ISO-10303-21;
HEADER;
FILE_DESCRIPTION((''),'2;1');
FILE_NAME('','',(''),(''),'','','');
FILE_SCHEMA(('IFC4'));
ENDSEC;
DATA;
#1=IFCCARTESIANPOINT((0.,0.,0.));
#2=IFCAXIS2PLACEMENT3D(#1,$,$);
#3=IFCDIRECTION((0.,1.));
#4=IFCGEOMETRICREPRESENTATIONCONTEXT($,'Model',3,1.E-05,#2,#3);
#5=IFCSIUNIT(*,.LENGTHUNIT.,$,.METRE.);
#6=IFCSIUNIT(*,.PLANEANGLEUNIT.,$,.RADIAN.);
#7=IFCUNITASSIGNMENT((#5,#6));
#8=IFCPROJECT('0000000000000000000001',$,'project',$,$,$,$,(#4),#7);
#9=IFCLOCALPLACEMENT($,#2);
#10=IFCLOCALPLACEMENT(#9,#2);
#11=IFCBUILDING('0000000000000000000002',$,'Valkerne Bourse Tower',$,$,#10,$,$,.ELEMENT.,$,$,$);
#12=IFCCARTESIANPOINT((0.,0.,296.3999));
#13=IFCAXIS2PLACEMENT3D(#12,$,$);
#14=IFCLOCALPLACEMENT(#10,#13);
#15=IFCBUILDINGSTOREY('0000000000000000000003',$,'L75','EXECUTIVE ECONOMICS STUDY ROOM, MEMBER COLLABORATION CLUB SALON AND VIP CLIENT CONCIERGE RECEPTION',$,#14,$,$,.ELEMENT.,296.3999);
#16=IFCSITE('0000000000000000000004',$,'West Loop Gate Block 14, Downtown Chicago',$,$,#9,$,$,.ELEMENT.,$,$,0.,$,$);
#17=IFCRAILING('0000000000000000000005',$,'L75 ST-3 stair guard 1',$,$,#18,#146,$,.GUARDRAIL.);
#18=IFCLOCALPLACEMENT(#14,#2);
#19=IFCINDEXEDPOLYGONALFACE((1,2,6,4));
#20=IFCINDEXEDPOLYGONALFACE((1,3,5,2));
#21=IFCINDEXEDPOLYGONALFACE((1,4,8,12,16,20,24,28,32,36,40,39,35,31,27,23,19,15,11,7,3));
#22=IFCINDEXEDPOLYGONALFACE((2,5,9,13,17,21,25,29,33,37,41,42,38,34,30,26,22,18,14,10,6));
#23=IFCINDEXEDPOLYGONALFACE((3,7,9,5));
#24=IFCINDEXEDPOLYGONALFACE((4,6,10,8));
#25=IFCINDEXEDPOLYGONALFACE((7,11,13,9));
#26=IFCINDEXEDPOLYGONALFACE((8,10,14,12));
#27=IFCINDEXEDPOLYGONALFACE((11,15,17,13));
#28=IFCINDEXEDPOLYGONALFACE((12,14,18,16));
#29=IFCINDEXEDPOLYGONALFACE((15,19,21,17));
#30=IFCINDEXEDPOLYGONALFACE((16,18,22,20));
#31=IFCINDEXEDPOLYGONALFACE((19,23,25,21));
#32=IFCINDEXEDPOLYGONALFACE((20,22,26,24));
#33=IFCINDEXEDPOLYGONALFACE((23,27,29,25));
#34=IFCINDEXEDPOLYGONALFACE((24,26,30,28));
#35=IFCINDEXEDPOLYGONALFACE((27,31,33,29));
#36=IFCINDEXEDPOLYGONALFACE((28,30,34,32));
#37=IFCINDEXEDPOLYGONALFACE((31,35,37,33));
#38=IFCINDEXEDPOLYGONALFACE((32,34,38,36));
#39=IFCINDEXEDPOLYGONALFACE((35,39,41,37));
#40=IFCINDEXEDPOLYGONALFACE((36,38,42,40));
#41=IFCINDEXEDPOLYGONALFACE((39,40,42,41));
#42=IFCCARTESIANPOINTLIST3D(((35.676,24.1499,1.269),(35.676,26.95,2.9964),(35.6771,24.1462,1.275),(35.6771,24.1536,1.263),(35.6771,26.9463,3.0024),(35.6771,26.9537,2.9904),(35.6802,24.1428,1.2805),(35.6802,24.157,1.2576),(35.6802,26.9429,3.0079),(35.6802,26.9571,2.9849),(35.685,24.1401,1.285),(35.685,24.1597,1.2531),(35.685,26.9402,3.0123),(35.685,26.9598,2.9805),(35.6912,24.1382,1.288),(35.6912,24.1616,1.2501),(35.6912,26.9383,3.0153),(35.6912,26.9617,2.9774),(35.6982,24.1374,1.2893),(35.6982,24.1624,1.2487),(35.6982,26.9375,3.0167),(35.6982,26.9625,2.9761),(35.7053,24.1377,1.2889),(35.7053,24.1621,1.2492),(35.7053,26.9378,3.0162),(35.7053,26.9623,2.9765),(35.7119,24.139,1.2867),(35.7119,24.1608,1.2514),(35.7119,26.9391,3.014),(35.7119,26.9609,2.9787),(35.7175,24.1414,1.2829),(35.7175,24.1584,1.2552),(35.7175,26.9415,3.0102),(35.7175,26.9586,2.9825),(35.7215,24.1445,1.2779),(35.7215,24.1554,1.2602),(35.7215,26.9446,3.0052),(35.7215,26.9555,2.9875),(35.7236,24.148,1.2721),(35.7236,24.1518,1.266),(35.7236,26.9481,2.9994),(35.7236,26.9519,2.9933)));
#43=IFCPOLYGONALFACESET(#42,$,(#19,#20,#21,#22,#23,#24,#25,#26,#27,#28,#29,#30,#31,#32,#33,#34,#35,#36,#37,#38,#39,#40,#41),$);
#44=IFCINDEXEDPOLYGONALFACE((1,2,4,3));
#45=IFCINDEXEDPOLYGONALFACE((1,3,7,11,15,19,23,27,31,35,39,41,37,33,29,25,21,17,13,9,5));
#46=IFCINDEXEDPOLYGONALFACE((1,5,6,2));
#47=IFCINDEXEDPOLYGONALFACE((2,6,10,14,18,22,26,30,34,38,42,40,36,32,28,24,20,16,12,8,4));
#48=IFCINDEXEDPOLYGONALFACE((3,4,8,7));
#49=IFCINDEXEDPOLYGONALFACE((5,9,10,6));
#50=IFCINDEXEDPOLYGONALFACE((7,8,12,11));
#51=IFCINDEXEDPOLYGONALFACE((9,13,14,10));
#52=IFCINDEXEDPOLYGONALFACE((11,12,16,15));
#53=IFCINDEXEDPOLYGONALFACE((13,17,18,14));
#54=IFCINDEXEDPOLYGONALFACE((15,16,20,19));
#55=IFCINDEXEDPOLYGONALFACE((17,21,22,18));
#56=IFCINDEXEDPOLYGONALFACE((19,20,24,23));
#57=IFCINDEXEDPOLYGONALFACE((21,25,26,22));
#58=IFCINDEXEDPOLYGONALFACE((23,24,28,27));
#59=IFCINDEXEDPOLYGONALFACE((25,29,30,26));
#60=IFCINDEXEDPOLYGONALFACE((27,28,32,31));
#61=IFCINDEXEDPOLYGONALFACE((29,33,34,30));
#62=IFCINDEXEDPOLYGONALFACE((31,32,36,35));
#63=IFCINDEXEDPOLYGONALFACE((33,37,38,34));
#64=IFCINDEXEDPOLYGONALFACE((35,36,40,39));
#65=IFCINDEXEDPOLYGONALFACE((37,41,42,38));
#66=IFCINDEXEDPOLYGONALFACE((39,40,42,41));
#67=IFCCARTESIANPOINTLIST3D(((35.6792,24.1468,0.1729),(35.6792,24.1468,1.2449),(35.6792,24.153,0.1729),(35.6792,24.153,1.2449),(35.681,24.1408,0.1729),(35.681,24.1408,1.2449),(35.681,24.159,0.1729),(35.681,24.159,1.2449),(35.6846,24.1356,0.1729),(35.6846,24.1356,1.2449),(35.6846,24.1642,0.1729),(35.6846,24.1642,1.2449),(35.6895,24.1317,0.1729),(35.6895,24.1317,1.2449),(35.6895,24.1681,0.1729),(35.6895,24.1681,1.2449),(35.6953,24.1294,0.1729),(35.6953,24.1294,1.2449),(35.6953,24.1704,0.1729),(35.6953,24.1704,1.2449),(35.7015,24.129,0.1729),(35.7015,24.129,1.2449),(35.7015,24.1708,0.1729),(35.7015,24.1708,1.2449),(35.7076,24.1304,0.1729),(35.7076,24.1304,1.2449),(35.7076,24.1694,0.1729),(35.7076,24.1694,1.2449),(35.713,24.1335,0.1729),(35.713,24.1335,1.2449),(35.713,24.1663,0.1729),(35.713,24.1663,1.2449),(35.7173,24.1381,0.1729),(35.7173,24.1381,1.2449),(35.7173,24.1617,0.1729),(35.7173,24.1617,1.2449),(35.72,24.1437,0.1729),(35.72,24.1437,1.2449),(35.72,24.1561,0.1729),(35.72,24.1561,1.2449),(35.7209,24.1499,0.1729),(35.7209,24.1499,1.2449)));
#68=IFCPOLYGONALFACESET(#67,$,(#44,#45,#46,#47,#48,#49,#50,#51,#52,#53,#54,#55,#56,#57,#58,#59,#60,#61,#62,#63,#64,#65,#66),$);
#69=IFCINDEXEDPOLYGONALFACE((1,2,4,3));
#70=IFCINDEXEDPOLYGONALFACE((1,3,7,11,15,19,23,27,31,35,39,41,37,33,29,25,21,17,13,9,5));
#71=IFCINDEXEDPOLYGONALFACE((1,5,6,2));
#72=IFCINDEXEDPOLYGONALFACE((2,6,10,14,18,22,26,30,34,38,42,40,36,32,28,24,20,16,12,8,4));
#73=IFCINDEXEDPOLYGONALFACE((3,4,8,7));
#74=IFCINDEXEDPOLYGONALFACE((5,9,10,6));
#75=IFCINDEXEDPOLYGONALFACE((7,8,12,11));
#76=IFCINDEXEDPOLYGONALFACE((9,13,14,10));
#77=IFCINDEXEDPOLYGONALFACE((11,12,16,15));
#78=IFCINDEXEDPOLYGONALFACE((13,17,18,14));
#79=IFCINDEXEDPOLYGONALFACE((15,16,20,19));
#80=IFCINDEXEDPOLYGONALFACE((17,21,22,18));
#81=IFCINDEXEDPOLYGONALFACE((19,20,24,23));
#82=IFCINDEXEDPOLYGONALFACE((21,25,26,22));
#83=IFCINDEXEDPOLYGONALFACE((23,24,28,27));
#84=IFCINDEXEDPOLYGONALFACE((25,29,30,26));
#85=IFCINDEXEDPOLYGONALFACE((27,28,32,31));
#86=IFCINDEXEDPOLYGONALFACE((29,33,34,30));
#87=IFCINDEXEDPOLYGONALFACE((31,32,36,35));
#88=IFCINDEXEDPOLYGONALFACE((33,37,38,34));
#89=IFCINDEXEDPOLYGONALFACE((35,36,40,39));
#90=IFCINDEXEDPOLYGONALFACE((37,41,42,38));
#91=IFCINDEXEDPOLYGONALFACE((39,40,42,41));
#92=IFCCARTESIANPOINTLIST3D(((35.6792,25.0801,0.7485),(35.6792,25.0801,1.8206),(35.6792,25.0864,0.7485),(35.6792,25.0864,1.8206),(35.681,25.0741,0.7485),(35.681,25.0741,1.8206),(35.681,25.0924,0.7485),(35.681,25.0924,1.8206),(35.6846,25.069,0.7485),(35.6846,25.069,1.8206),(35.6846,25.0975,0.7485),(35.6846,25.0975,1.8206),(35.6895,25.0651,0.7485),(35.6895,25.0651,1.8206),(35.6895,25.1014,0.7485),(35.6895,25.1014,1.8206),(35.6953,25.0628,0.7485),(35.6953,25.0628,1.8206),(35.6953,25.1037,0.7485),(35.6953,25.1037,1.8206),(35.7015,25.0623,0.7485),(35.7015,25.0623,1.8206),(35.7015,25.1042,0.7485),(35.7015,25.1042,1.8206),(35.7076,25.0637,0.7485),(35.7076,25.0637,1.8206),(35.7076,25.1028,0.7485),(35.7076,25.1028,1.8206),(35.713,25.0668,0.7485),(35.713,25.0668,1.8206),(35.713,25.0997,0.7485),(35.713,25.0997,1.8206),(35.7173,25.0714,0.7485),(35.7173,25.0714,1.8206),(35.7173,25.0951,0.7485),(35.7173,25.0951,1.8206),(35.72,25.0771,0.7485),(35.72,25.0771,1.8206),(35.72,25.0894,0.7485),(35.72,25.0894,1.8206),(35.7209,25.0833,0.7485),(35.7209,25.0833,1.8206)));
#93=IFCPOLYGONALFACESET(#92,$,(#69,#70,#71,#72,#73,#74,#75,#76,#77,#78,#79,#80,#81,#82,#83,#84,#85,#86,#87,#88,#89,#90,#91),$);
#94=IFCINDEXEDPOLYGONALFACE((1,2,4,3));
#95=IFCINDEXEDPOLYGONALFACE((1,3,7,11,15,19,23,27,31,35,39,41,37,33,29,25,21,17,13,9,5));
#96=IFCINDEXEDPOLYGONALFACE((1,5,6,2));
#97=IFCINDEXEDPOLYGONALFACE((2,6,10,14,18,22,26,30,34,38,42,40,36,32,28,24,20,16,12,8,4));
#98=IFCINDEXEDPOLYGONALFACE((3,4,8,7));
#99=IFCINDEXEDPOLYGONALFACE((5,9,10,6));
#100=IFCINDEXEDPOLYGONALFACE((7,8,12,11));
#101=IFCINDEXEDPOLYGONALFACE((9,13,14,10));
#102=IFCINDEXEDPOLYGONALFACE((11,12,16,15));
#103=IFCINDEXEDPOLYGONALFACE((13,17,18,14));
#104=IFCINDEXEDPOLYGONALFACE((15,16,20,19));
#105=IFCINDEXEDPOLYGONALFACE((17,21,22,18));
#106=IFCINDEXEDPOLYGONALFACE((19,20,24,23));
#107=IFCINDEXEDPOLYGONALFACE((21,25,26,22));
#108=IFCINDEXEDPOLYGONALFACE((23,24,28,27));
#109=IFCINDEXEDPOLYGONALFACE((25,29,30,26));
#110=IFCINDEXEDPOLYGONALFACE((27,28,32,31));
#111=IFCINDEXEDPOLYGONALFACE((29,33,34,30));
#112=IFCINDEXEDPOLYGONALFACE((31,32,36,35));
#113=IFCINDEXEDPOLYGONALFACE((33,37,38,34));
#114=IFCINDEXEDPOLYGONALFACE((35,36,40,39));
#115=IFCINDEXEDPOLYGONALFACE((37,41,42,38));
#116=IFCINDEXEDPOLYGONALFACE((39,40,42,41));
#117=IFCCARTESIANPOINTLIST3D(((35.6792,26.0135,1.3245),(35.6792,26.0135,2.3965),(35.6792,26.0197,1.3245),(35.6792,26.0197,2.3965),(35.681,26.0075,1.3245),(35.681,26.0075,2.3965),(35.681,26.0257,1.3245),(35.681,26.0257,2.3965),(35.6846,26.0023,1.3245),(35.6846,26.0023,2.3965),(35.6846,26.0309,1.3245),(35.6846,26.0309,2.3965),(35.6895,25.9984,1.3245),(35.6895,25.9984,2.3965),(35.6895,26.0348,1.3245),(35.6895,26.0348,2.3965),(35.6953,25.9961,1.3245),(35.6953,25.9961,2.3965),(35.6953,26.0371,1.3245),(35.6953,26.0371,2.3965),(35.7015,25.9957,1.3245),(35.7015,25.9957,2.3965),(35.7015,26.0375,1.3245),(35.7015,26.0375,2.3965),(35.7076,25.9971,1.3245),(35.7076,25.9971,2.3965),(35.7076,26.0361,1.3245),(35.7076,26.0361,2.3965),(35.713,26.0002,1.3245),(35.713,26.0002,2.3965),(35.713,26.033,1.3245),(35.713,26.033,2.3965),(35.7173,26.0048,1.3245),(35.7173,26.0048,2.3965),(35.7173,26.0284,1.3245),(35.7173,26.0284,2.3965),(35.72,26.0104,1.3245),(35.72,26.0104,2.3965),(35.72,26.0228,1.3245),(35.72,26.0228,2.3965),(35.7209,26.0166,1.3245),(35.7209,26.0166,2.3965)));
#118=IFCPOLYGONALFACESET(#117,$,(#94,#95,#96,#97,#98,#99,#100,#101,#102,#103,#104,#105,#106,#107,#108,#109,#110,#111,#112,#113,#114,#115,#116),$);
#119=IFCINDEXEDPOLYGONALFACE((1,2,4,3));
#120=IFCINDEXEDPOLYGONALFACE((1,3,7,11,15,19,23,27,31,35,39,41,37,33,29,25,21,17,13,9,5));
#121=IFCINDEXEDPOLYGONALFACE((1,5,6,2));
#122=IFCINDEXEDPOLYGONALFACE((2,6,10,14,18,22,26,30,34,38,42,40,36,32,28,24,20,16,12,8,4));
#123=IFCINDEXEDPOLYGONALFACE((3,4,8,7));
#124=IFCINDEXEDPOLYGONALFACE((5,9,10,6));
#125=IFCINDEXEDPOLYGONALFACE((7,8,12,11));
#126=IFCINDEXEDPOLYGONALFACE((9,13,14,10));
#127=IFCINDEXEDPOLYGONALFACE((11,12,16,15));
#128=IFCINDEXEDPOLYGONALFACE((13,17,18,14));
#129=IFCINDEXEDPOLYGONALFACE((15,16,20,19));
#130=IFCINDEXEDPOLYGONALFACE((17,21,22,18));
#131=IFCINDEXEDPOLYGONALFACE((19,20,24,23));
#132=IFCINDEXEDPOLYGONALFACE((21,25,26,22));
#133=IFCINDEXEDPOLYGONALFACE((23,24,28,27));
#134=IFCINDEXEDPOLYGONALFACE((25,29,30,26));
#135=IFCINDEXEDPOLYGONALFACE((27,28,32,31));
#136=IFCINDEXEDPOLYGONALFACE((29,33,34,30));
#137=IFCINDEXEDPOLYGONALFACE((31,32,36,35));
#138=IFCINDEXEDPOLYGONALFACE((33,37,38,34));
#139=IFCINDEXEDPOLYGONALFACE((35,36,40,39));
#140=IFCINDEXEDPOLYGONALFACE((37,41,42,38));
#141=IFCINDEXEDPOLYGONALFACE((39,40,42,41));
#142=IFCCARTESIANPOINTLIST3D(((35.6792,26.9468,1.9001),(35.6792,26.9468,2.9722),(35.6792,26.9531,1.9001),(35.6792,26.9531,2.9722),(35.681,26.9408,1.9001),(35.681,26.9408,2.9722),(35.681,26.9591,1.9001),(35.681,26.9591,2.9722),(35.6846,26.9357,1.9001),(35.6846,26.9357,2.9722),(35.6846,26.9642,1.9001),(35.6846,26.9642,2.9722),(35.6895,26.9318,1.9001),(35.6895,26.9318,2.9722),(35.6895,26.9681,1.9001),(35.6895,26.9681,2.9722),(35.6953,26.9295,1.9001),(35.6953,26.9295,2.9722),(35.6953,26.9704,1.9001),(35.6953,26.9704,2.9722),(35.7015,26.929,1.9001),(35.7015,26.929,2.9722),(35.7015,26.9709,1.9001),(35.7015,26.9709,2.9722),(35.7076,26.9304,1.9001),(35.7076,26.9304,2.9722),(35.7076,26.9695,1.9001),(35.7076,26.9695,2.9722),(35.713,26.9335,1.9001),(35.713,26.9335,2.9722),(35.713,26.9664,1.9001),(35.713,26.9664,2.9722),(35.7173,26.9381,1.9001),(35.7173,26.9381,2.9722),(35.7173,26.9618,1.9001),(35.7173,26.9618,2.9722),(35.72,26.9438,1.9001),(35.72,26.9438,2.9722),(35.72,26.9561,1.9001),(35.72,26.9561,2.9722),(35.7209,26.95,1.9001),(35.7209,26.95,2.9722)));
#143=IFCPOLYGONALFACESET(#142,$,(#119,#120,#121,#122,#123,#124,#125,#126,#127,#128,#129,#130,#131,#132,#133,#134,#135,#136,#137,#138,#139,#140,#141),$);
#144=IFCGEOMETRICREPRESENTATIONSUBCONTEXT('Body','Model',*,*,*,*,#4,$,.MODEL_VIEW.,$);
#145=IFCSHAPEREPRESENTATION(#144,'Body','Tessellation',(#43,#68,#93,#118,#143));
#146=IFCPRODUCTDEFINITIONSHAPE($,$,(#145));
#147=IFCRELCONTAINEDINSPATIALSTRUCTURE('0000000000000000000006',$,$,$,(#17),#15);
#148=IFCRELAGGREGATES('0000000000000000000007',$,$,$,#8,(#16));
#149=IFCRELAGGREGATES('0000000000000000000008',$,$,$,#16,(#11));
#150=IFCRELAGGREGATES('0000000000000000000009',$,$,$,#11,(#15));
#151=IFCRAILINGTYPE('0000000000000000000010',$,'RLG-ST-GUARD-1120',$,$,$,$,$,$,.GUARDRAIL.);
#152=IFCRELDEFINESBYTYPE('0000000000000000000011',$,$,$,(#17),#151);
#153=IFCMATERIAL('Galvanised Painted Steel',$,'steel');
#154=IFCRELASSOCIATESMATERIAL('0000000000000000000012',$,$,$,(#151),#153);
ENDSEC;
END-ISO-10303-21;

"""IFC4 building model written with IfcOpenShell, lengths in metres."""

from ifc_helpers import new_model, si_unit, direction, frame, origin, origin_2d, place, context, subcontext, project, spatial, circle, extrude, material, type_object, element, save


model = new_model("IFC4")

# Units and contexts
model_context = context("Model", 3, precision=1e-05, world=origin(), true_north=direction((0.0, 1.0)))
body_context = subcontext(model_context, "Body", "Model", "MODEL_VIEW")
ifc_project = project(units=[si_unit("LENGTHUNIT", "METRE"), si_unit("PLANEANGLEUNIT", "RADIAN")], contexts=[model_context])

# Site, building, storey
site_placement = place(None, origin())
site = spatial("IfcSite", under=ifc_project, at=site_placement, Name="West Loop Gate Block 14, Downtown Chicago", CompositionType="ELEMENT", RefElevation=0.0)
building_placement = place(site_placement, origin())
building = spatial("IfcBuilding", under=site, at=building_placement, Name="Valkerne Bourse Tower", CompositionType="ELEMENT")
storey_placement = place(building_placement, frame((0.0, 0.0, 296.3999)))
storey = spatial("IfcBuildingStorey", under=building, at=storey_placement, Name="L75", Description="EXECUTIVE ECONOMICS STUDY ROOM, MEMBER COLLABORATION CLUB SALON AND VIP CLIENT CONCIERGE RECEPTION", CompositionType="ELEMENT", Elevation=296.3999)

# Railing
ifc_material_1 = material(Name="Galvanised Painted Steel", Category="steel")
railing_type_1 = type_object("IfcRailingType", Name="RLG-ST-GUARD-1120", PredefinedType="GUARDRAIL", material=ifc_material_1)
railing_1_placement = place(storey_placement, frame((35.7, 24.1499, 0.1729)))
element("IfcRailing", 1, at=railing_1_placement, inside=storey, type_object=railing_type_1, Name="L75 ST-3 stair guard 1", PredefinedType="GUARDRAIL", context=body_context, shape_type="SweptSolid", body=[
    extrude(circle(Radius=0.0239, at=origin_2d()), frame((0.0, 0.0, 1.0962), z_axis=(0.0, 0.85109, 0.52502), x_axis=(-1.0, 0.0, 0.0)), (0.0, 0.0, 1.0), 3.29),
    extrude(circle(Radius=0.021, at=origin_2d()), origin(), (0.0, 0.0, 1.0), 1.072),
    extrude(circle(Radius=0.021, at=origin_2d()), frame((0.0, 0.9333, 0.5757)), (0.0, 0.0, 1.0), 1.072),
    extrude(circle(Radius=0.021, at=origin_2d()), frame((0.0, 1.8667, 1.1516)), (0.0, 0.0, 1.0), 1.072),
    extrude(circle(Radius=0.021, at=origin_2d()), frame((0.0, 2.8, 1.7273)), (0.0, 0.0, 1.0), 1.072),
])

save(model, "model.ifc")
